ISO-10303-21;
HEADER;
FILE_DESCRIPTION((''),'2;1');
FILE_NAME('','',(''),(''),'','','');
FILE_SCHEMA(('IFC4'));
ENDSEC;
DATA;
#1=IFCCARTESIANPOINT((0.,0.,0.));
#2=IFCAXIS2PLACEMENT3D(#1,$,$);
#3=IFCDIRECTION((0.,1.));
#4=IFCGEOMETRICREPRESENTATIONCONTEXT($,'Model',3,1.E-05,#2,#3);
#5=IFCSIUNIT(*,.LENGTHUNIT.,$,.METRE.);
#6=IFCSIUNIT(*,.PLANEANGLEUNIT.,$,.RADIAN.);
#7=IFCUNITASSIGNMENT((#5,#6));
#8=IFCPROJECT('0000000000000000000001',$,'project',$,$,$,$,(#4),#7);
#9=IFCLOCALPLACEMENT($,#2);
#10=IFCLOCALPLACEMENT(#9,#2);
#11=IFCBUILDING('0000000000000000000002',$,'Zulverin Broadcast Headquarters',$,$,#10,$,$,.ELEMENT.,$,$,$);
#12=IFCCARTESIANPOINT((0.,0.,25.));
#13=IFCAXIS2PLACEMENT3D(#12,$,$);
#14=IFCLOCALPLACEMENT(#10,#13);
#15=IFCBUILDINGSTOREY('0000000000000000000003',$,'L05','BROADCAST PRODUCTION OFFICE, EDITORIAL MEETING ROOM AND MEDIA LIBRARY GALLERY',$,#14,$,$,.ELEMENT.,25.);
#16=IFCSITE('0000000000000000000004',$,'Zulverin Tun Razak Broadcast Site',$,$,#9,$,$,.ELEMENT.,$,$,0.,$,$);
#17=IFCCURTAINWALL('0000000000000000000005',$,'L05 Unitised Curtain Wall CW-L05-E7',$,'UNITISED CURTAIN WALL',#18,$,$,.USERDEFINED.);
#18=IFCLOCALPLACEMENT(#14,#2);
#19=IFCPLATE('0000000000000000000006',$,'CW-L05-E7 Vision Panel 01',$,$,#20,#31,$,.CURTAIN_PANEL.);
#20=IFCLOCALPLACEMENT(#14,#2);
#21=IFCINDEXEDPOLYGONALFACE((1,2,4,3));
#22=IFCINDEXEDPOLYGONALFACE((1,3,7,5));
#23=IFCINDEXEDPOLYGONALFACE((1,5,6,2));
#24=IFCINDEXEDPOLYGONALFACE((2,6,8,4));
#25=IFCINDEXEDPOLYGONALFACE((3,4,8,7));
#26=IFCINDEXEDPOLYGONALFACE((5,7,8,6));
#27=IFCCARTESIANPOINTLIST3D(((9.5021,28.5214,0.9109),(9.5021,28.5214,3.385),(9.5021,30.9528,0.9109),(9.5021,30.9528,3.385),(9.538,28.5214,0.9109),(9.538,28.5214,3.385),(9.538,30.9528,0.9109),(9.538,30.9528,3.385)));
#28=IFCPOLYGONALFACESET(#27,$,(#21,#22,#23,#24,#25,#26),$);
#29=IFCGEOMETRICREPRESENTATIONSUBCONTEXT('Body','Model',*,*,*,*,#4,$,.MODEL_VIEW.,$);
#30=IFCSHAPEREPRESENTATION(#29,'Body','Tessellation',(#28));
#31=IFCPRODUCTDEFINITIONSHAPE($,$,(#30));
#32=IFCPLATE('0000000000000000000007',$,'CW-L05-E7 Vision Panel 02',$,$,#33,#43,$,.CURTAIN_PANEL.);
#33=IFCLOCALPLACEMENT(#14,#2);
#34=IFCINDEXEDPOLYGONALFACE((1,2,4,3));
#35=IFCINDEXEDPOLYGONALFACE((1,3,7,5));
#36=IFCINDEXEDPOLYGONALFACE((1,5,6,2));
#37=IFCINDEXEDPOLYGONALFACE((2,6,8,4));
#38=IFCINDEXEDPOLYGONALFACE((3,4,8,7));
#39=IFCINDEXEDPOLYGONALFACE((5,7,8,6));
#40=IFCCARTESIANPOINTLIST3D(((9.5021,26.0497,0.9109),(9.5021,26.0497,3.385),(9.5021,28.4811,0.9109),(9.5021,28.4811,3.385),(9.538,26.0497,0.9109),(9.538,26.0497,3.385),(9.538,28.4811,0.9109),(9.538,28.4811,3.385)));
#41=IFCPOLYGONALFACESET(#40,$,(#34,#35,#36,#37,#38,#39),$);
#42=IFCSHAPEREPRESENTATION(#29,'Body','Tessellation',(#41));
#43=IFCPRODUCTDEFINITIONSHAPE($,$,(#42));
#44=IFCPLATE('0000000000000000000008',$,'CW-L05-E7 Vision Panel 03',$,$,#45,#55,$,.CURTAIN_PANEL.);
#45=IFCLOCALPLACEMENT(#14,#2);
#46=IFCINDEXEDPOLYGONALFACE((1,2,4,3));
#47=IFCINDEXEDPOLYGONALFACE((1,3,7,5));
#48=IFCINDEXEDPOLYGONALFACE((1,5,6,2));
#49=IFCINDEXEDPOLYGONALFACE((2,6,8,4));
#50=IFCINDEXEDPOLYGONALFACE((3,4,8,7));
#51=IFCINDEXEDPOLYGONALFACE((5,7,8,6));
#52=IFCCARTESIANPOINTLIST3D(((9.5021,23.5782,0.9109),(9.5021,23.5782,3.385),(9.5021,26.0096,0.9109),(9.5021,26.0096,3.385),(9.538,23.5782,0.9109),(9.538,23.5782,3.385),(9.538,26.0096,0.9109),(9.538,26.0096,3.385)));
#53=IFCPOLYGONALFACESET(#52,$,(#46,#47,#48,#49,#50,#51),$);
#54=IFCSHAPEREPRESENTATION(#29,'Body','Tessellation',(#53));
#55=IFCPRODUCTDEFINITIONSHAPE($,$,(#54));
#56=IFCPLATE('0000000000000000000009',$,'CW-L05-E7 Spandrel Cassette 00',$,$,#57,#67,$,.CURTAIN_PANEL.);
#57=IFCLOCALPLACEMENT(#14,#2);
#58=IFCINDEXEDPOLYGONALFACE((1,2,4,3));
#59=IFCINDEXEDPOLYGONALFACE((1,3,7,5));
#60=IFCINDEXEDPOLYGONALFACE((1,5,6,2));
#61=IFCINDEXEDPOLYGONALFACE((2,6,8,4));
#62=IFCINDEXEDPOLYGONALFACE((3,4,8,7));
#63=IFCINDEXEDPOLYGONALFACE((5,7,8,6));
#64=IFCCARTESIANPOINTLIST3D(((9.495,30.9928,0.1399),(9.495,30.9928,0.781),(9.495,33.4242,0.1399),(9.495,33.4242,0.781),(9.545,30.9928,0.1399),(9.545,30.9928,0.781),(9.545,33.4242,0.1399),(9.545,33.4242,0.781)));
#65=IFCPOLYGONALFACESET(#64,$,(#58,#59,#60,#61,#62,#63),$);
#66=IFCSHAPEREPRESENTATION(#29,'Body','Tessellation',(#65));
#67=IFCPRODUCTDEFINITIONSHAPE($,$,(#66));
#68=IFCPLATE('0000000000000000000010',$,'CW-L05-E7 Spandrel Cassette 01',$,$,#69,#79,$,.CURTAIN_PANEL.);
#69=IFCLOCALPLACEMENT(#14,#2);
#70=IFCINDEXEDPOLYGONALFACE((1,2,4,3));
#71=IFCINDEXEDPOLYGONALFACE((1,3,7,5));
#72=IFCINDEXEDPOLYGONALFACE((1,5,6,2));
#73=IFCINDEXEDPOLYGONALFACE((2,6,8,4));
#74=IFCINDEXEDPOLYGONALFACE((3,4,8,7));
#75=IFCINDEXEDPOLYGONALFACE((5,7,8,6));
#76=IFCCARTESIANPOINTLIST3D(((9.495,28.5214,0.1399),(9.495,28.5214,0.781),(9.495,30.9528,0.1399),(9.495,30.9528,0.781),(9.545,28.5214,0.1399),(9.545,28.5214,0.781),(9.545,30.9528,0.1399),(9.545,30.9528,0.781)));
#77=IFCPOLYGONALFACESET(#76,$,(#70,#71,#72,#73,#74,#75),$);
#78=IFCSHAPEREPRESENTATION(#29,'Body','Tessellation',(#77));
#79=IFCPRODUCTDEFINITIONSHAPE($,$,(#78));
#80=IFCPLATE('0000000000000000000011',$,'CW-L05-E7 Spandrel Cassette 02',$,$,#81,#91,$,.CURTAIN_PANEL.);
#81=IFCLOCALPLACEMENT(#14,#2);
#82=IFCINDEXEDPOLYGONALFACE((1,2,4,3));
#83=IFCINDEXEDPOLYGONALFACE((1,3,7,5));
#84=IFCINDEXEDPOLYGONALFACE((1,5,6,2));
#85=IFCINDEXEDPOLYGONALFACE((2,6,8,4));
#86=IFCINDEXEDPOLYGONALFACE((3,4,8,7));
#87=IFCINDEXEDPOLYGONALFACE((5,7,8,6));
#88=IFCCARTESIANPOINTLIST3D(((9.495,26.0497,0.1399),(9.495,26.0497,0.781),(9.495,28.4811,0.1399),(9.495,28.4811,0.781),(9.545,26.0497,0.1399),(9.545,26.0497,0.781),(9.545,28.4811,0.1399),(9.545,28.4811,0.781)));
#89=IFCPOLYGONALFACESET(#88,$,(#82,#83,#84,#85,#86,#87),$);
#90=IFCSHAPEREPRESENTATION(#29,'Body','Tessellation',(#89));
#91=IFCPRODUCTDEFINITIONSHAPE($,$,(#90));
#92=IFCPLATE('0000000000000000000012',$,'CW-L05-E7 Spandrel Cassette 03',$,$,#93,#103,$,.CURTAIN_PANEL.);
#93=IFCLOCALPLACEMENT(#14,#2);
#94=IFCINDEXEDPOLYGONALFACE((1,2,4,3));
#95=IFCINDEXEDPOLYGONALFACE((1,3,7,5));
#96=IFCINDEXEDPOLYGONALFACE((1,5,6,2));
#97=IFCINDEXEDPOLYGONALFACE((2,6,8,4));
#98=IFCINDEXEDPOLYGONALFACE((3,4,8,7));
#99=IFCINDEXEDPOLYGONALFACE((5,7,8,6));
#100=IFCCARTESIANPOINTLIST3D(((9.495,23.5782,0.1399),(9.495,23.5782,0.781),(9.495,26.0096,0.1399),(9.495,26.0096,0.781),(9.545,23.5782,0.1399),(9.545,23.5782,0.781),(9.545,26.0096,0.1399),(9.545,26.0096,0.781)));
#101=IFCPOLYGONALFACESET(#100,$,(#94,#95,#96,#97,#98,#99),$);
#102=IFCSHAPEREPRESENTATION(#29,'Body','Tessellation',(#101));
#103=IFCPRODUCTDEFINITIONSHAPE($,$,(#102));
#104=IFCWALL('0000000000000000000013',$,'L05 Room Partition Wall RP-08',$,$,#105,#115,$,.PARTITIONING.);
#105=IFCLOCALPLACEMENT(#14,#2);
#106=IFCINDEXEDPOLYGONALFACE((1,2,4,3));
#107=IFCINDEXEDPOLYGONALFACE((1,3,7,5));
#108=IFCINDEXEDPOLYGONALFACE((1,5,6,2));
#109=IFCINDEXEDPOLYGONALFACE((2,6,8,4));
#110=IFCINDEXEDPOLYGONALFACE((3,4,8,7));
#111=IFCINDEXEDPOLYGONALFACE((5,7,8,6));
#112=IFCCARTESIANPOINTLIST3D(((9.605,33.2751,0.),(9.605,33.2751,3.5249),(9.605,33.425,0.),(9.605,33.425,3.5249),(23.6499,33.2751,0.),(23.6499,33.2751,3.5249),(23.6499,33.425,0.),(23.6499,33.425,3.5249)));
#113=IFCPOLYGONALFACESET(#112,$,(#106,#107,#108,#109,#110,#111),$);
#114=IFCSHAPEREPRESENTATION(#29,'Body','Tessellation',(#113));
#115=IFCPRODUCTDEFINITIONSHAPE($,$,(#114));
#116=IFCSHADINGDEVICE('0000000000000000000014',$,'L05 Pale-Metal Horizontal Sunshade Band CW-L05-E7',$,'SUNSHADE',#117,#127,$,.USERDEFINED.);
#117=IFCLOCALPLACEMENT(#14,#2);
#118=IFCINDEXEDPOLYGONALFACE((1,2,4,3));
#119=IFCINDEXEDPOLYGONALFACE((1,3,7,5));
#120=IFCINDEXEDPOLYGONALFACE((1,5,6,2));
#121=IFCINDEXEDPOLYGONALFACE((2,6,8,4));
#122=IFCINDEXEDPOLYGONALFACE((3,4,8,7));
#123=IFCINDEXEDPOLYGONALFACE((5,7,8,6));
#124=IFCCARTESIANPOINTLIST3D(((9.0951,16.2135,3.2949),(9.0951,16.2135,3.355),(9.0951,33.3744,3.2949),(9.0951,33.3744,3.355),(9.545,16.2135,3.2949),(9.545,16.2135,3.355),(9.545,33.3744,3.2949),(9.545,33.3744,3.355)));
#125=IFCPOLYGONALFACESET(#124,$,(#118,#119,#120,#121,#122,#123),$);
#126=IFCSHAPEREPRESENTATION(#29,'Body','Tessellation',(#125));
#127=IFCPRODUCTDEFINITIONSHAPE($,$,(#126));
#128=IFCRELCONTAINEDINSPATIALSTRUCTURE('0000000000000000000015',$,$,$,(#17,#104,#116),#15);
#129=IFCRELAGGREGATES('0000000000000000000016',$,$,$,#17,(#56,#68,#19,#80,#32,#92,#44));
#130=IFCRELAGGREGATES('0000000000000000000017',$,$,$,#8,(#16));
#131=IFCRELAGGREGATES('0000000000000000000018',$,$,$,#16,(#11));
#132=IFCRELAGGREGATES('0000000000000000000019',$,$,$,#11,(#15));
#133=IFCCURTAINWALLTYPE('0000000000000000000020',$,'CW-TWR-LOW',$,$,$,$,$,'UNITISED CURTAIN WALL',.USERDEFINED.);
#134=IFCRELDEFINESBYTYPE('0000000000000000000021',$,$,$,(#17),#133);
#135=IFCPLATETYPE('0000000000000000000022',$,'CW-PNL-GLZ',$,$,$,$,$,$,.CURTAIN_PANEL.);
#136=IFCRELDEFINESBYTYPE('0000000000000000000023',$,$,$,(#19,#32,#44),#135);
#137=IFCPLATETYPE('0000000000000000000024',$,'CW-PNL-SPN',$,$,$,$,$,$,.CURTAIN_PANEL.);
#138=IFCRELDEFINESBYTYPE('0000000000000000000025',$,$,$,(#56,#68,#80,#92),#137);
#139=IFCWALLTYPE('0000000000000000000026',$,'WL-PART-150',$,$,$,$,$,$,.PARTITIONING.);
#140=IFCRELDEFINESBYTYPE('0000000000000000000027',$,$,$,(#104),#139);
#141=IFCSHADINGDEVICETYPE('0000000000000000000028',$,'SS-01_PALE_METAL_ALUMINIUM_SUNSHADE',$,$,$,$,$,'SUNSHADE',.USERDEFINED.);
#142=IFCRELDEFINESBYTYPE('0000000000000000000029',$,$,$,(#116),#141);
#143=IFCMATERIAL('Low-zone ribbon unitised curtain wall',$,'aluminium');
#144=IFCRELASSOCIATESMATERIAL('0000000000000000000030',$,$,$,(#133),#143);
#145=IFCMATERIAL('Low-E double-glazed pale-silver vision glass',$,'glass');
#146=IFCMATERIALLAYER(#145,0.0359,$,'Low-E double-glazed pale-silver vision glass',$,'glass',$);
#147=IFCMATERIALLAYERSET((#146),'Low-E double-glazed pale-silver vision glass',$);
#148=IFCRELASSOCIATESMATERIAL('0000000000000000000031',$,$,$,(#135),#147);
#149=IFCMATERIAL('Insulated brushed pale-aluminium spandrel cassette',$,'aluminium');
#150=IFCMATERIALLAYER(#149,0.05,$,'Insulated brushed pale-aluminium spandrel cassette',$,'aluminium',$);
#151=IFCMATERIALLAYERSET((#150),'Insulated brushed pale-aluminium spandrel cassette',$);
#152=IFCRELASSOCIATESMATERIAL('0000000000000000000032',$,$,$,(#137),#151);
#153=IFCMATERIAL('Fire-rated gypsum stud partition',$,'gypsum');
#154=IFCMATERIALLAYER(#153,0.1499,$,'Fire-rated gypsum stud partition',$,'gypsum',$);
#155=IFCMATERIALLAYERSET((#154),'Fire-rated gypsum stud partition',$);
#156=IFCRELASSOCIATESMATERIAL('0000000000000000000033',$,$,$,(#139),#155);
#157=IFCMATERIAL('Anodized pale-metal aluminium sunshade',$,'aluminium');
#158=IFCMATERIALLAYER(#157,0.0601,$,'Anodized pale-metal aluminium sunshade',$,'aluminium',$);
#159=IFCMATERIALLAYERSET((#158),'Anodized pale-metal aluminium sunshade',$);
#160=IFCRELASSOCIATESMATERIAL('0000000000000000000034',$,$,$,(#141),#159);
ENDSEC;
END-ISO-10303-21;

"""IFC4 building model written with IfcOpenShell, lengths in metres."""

from ifc_helpers import new_model, si_unit, direction, frame, frame_2d, origin, origin_2d, place, context, subcontext, project, spatial, rectangle, extrude, material, layer, layer_set, type_object, element, aggregate, save


model = new_model("IFC4")

# Units and contexts
model_context = context("Model", 3, precision=1e-05, world=origin(), true_north=direction((0.0, 1.0)))
body_context = subcontext(model_context, "Body", "Model", "MODEL_VIEW")
ifc_project = project(units=[si_unit("LENGTHUNIT", "METRE"), si_unit("PLANEANGLEUNIT", "RADIAN")], contexts=[model_context])

# Site, building, storey
site_placement = place(None, origin())
site = spatial("IfcSite", under=ifc_project, at=site_placement, Name="Zulverin Tun Razak Broadcast Site", CompositionType="ELEMENT", RefElevation=0.0)
building_placement = place(site_placement, origin())
building = spatial("IfcBuilding", under=site, at=building_placement, Name="Zulverin Broadcast Headquarters", CompositionType="ELEMENT")
storey_placement = place(building_placement, frame((0.0, 0.0, 25.0)))
storey = spatial("IfcBuildingStorey", under=building, at=storey_placement, Name="L05", Description="BROADCAST PRODUCTION OFFICE, EDITORIAL MEETING ROOM AND MEDIA LIBRARY GALLERY", CompositionType="ELEMENT", Elevation=25.0)

# Curtain wall, plates
ifc_material_1 = material(Name="Low-zone ribbon unitised curtain wall", Category="aluminium")
curtain_wall_type = type_object("IfcCurtainWallType", Name="CW-TWR-LOW", ElementType="UNITISED CURTAIN WALL", PredefinedType="USERDEFINED", material=ifc_material_1)
curtain_wall_placement = place(storey_placement, origin())
curtain_wall = element("IfcCurtainWall", 1, at=curtain_wall_placement, inside=storey, type_object=curtain_wall_type, Name="L05 Unitised Curtain Wall CW-L05-E7", ObjectType="UNITISED CURTAIN WALL", PredefinedType="USERDEFINED")
ifc_material_2 = material(Name="Low-E double-glazed pale-silver vision glass", Category="glass")
ifc_layer_1 = layer(ifc_material_2, 0.0359, Name="Low-E double-glazed pale-silver vision glass", Category="glass")
ifc_layer_set_1 = layer_set([ifc_layer_1], Name="Low-E double-glazed pale-silver vision glass")
plate_type_1 = type_object("IfcPlateType", Name="CW-PNL-GLZ", PredefinedType="CURTAIN_PANEL", material=ifc_layer_set_1)
plate_1_placement = place(storey_placement, frame((9.52, 29.7371, 0.9109), z_axis=(0.0, 0.0, 1.0), x_axis=(0.0, -1.0, 0.0)))
plate_1 = element("IfcPlate", 2, at=plate_1_placement, type_object=plate_type_1, Name="CW-L05-E7 Vision Panel 01", PredefinedType="CURTAIN_PANEL", context=body_context, shape_type="SweptSolid", body=[
    extrude(rectangle(XDim=2.4314, YDim=0.0359, at=origin_2d()), origin(), (0.0, 0.0, 1.0), 2.4741),
])
plate_2_placement = place(storey_placement, frame((9.52, 27.2654, 0.9109), z_axis=(0.0, 0.0, 1.0), x_axis=(0.0, -1.0, 0.0)))
plate_2 = element("IfcPlate", 3, at=plate_2_placement, type_object=plate_type_1, Name="CW-L05-E7 Vision Panel 02", PredefinedType="CURTAIN_PANEL", context=body_context, shape_type="SweptSolid", body=[
    extrude(rectangle(XDim=2.4314, YDim=0.0359, at=origin_2d()), origin(), (0.0, 0.0, 1.0), 2.4741),
])
plate_3_placement = place(storey_placement, frame((9.52, 24.7939, 0.9109), z_axis=(0.0, 0.0, 1.0), x_axis=(0.0, -1.0, 0.0)))
plate_3 = element("IfcPlate", 4, at=plate_3_placement, type_object=plate_type_1, Name="CW-L05-E7 Vision Panel 03", PredefinedType="CURTAIN_PANEL", context=body_context, shape_type="SweptSolid", body=[
    extrude(rectangle(XDim=2.4314, YDim=0.0359, at=origin_2d()), origin(), (0.0, 0.0, 1.0), 2.4741),
])
ifc_material_3 = material(Name="Insulated brushed pale-aluminium spandrel cassette", Category="aluminium")
ifc_layer_2 = layer(ifc_material_3, 0.05, Name="Insulated brushed pale-aluminium spandrel cassette", Category="aluminium")
ifc_layer_set_2 = layer_set([ifc_layer_2], Name="Insulated brushed pale-aluminium spandrel cassette")
plate_type_2 = type_object("IfcPlateType", Name="CW-PNL-SPN", PredefinedType="CURTAIN_PANEL", material=ifc_layer_set_2)
plate_4_placement = place(storey_placement, frame((9.52, 32.2085, 0.1399), z_axis=(0.0, 0.0, 1.0), x_axis=(0.0, -1.0, 0.0)))
plate_4 = element("IfcPlate", 5, at=plate_4_placement, type_object=plate_type_2, Name="CW-L05-E7 Spandrel Cassette 00", PredefinedType="CURTAIN_PANEL", context=body_context, shape_type="SweptSolid", body=[
    extrude(rectangle(XDim=2.4314, YDim=0.05, at=origin_2d()), origin(), (0.0, 0.0, 1.0), 0.6411),
])
plate_5_placement = place(storey_placement, frame((9.52, 29.7371, 0.1399), z_axis=(0.0, 0.0, 1.0), x_axis=(0.0, -1.0, 0.0)))
plate_5 = element("IfcPlate", 6, at=plate_5_placement, type_object=plate_type_2, Name="CW-L05-E7 Spandrel Cassette 01", PredefinedType="CURTAIN_PANEL", context=body_context, shape_type="SweptSolid", body=[
    extrude(rectangle(XDim=2.4314, YDim=0.05, at=origin_2d()), origin(), (0.0, 0.0, 1.0), 0.6411),
])
plate_6_placement = place(storey_placement, frame((9.52, 27.2654, 0.1399), z_axis=(0.0, 0.0, 1.0), x_axis=(0.0, -1.0, 0.0)))
plate_6 = element("IfcPlate", 7, at=plate_6_placement, type_object=plate_type_2, Name="CW-L05-E7 Spandrel Cassette 02", PredefinedType="CURTAIN_PANEL", context=body_context, shape_type="SweptSolid", body=[
    extrude(rectangle(XDim=2.4314, YDim=0.05, at=origin_2d()), origin(), (0.0, 0.0, 1.0), 0.6411),
])
plate_7_placement = place(storey_placement, frame((9.52, 24.7939, 0.1399), z_axis=(0.0, 0.0, 1.0), x_axis=(0.0, -1.0, 0.0)))
plate_7 = element("IfcPlate", 8, at=plate_7_placement, type_object=plate_type_2, Name="CW-L05-E7 Spandrel Cassette 03", PredefinedType="CURTAIN_PANEL", context=body_context, shape_type="SweptSolid", body=[
    extrude(rectangle(XDim=2.4314, YDim=0.05, at=origin_2d()), origin(), (0.0, 0.0, 1.0), 0.6411),
])
aggregate(curtain_wall, [plate_4, plate_5, plate_1, plate_6, plate_2, plate_7, plate_3])

# Wall
ifc_material_4 = material(Name="Fire-rated gypsum stud partition", Category="gypsum")
ifc_layer_3 = layer(ifc_material_4, 0.1499, Name="Fire-rated gypsum stud partition", Category="gypsum")
ifc_layer_set_3 = layer_set([ifc_layer_3], Name="Fire-rated gypsum stud partition")
wall_type = type_object("IfcWallType", Name="WL-PART-150", PredefinedType="PARTITIONING", material=ifc_layer_set_3)
wall_placement = place(storey_placement, frame((9.605, 33.3501, 0.0), z_axis=(0.0, 0.0, 1.0), x_axis=(1.0, 0.0, 0.0)))
element("IfcWall", 9, at=wall_placement, inside=storey, type_object=wall_type, Name="L05 Room Partition Wall RP-08", PredefinedType="PARTITIONING", context=body_context, shape_type="SweptSolid", body=[
    extrude(rectangle(XDim=14.0449, YDim=0.1499, at=frame_2d((7.0225, 0.0))), origin(), (0.0, 0.0, 1.0), 3.5249),
])

# Shading device
ifc_material_5 = material(Name="Anodized pale-metal aluminium sunshade", Category="aluminium")
ifc_layer_4 = layer(ifc_material_5, 0.0601, Name="Anodized pale-metal aluminium sunshade", Category="aluminium")
ifc_layer_set_4 = layer_set([ifc_layer_4], Name="Anodized pale-metal aluminium sunshade")
shading_device_type = type_object("IfcShadingDeviceType", Name="SS-01_PALE_METAL_ALUMINIUM_SUNSHADE", ElementType="SUNSHADE", PredefinedType="USERDEFINED", material=ifc_layer_set_4)
shading_device_placement = place(storey_placement, frame((9.3201, 24.7939, 3.2949), z_axis=(0.0, 0.0, 1.0), x_axis=(0.0, -1.0, 0.0)))
element("IfcShadingDevice", 10, at=shading_device_placement, inside=storey, type_object=shading_device_type, Name="L05 Pale-Metal Horizontal Sunshade Band CW-L05-E7", ObjectType="SUNSHADE", PredefinedType="USERDEFINED", context=body_context, shape_type="SweptSolid", body=[
    extrude(rectangle(XDim=17.1609, YDim=0.45, at=origin_2d()), origin(), (0.0, 0.0, 1.0), 0.0601),
])

save(model, "model.ifc")
